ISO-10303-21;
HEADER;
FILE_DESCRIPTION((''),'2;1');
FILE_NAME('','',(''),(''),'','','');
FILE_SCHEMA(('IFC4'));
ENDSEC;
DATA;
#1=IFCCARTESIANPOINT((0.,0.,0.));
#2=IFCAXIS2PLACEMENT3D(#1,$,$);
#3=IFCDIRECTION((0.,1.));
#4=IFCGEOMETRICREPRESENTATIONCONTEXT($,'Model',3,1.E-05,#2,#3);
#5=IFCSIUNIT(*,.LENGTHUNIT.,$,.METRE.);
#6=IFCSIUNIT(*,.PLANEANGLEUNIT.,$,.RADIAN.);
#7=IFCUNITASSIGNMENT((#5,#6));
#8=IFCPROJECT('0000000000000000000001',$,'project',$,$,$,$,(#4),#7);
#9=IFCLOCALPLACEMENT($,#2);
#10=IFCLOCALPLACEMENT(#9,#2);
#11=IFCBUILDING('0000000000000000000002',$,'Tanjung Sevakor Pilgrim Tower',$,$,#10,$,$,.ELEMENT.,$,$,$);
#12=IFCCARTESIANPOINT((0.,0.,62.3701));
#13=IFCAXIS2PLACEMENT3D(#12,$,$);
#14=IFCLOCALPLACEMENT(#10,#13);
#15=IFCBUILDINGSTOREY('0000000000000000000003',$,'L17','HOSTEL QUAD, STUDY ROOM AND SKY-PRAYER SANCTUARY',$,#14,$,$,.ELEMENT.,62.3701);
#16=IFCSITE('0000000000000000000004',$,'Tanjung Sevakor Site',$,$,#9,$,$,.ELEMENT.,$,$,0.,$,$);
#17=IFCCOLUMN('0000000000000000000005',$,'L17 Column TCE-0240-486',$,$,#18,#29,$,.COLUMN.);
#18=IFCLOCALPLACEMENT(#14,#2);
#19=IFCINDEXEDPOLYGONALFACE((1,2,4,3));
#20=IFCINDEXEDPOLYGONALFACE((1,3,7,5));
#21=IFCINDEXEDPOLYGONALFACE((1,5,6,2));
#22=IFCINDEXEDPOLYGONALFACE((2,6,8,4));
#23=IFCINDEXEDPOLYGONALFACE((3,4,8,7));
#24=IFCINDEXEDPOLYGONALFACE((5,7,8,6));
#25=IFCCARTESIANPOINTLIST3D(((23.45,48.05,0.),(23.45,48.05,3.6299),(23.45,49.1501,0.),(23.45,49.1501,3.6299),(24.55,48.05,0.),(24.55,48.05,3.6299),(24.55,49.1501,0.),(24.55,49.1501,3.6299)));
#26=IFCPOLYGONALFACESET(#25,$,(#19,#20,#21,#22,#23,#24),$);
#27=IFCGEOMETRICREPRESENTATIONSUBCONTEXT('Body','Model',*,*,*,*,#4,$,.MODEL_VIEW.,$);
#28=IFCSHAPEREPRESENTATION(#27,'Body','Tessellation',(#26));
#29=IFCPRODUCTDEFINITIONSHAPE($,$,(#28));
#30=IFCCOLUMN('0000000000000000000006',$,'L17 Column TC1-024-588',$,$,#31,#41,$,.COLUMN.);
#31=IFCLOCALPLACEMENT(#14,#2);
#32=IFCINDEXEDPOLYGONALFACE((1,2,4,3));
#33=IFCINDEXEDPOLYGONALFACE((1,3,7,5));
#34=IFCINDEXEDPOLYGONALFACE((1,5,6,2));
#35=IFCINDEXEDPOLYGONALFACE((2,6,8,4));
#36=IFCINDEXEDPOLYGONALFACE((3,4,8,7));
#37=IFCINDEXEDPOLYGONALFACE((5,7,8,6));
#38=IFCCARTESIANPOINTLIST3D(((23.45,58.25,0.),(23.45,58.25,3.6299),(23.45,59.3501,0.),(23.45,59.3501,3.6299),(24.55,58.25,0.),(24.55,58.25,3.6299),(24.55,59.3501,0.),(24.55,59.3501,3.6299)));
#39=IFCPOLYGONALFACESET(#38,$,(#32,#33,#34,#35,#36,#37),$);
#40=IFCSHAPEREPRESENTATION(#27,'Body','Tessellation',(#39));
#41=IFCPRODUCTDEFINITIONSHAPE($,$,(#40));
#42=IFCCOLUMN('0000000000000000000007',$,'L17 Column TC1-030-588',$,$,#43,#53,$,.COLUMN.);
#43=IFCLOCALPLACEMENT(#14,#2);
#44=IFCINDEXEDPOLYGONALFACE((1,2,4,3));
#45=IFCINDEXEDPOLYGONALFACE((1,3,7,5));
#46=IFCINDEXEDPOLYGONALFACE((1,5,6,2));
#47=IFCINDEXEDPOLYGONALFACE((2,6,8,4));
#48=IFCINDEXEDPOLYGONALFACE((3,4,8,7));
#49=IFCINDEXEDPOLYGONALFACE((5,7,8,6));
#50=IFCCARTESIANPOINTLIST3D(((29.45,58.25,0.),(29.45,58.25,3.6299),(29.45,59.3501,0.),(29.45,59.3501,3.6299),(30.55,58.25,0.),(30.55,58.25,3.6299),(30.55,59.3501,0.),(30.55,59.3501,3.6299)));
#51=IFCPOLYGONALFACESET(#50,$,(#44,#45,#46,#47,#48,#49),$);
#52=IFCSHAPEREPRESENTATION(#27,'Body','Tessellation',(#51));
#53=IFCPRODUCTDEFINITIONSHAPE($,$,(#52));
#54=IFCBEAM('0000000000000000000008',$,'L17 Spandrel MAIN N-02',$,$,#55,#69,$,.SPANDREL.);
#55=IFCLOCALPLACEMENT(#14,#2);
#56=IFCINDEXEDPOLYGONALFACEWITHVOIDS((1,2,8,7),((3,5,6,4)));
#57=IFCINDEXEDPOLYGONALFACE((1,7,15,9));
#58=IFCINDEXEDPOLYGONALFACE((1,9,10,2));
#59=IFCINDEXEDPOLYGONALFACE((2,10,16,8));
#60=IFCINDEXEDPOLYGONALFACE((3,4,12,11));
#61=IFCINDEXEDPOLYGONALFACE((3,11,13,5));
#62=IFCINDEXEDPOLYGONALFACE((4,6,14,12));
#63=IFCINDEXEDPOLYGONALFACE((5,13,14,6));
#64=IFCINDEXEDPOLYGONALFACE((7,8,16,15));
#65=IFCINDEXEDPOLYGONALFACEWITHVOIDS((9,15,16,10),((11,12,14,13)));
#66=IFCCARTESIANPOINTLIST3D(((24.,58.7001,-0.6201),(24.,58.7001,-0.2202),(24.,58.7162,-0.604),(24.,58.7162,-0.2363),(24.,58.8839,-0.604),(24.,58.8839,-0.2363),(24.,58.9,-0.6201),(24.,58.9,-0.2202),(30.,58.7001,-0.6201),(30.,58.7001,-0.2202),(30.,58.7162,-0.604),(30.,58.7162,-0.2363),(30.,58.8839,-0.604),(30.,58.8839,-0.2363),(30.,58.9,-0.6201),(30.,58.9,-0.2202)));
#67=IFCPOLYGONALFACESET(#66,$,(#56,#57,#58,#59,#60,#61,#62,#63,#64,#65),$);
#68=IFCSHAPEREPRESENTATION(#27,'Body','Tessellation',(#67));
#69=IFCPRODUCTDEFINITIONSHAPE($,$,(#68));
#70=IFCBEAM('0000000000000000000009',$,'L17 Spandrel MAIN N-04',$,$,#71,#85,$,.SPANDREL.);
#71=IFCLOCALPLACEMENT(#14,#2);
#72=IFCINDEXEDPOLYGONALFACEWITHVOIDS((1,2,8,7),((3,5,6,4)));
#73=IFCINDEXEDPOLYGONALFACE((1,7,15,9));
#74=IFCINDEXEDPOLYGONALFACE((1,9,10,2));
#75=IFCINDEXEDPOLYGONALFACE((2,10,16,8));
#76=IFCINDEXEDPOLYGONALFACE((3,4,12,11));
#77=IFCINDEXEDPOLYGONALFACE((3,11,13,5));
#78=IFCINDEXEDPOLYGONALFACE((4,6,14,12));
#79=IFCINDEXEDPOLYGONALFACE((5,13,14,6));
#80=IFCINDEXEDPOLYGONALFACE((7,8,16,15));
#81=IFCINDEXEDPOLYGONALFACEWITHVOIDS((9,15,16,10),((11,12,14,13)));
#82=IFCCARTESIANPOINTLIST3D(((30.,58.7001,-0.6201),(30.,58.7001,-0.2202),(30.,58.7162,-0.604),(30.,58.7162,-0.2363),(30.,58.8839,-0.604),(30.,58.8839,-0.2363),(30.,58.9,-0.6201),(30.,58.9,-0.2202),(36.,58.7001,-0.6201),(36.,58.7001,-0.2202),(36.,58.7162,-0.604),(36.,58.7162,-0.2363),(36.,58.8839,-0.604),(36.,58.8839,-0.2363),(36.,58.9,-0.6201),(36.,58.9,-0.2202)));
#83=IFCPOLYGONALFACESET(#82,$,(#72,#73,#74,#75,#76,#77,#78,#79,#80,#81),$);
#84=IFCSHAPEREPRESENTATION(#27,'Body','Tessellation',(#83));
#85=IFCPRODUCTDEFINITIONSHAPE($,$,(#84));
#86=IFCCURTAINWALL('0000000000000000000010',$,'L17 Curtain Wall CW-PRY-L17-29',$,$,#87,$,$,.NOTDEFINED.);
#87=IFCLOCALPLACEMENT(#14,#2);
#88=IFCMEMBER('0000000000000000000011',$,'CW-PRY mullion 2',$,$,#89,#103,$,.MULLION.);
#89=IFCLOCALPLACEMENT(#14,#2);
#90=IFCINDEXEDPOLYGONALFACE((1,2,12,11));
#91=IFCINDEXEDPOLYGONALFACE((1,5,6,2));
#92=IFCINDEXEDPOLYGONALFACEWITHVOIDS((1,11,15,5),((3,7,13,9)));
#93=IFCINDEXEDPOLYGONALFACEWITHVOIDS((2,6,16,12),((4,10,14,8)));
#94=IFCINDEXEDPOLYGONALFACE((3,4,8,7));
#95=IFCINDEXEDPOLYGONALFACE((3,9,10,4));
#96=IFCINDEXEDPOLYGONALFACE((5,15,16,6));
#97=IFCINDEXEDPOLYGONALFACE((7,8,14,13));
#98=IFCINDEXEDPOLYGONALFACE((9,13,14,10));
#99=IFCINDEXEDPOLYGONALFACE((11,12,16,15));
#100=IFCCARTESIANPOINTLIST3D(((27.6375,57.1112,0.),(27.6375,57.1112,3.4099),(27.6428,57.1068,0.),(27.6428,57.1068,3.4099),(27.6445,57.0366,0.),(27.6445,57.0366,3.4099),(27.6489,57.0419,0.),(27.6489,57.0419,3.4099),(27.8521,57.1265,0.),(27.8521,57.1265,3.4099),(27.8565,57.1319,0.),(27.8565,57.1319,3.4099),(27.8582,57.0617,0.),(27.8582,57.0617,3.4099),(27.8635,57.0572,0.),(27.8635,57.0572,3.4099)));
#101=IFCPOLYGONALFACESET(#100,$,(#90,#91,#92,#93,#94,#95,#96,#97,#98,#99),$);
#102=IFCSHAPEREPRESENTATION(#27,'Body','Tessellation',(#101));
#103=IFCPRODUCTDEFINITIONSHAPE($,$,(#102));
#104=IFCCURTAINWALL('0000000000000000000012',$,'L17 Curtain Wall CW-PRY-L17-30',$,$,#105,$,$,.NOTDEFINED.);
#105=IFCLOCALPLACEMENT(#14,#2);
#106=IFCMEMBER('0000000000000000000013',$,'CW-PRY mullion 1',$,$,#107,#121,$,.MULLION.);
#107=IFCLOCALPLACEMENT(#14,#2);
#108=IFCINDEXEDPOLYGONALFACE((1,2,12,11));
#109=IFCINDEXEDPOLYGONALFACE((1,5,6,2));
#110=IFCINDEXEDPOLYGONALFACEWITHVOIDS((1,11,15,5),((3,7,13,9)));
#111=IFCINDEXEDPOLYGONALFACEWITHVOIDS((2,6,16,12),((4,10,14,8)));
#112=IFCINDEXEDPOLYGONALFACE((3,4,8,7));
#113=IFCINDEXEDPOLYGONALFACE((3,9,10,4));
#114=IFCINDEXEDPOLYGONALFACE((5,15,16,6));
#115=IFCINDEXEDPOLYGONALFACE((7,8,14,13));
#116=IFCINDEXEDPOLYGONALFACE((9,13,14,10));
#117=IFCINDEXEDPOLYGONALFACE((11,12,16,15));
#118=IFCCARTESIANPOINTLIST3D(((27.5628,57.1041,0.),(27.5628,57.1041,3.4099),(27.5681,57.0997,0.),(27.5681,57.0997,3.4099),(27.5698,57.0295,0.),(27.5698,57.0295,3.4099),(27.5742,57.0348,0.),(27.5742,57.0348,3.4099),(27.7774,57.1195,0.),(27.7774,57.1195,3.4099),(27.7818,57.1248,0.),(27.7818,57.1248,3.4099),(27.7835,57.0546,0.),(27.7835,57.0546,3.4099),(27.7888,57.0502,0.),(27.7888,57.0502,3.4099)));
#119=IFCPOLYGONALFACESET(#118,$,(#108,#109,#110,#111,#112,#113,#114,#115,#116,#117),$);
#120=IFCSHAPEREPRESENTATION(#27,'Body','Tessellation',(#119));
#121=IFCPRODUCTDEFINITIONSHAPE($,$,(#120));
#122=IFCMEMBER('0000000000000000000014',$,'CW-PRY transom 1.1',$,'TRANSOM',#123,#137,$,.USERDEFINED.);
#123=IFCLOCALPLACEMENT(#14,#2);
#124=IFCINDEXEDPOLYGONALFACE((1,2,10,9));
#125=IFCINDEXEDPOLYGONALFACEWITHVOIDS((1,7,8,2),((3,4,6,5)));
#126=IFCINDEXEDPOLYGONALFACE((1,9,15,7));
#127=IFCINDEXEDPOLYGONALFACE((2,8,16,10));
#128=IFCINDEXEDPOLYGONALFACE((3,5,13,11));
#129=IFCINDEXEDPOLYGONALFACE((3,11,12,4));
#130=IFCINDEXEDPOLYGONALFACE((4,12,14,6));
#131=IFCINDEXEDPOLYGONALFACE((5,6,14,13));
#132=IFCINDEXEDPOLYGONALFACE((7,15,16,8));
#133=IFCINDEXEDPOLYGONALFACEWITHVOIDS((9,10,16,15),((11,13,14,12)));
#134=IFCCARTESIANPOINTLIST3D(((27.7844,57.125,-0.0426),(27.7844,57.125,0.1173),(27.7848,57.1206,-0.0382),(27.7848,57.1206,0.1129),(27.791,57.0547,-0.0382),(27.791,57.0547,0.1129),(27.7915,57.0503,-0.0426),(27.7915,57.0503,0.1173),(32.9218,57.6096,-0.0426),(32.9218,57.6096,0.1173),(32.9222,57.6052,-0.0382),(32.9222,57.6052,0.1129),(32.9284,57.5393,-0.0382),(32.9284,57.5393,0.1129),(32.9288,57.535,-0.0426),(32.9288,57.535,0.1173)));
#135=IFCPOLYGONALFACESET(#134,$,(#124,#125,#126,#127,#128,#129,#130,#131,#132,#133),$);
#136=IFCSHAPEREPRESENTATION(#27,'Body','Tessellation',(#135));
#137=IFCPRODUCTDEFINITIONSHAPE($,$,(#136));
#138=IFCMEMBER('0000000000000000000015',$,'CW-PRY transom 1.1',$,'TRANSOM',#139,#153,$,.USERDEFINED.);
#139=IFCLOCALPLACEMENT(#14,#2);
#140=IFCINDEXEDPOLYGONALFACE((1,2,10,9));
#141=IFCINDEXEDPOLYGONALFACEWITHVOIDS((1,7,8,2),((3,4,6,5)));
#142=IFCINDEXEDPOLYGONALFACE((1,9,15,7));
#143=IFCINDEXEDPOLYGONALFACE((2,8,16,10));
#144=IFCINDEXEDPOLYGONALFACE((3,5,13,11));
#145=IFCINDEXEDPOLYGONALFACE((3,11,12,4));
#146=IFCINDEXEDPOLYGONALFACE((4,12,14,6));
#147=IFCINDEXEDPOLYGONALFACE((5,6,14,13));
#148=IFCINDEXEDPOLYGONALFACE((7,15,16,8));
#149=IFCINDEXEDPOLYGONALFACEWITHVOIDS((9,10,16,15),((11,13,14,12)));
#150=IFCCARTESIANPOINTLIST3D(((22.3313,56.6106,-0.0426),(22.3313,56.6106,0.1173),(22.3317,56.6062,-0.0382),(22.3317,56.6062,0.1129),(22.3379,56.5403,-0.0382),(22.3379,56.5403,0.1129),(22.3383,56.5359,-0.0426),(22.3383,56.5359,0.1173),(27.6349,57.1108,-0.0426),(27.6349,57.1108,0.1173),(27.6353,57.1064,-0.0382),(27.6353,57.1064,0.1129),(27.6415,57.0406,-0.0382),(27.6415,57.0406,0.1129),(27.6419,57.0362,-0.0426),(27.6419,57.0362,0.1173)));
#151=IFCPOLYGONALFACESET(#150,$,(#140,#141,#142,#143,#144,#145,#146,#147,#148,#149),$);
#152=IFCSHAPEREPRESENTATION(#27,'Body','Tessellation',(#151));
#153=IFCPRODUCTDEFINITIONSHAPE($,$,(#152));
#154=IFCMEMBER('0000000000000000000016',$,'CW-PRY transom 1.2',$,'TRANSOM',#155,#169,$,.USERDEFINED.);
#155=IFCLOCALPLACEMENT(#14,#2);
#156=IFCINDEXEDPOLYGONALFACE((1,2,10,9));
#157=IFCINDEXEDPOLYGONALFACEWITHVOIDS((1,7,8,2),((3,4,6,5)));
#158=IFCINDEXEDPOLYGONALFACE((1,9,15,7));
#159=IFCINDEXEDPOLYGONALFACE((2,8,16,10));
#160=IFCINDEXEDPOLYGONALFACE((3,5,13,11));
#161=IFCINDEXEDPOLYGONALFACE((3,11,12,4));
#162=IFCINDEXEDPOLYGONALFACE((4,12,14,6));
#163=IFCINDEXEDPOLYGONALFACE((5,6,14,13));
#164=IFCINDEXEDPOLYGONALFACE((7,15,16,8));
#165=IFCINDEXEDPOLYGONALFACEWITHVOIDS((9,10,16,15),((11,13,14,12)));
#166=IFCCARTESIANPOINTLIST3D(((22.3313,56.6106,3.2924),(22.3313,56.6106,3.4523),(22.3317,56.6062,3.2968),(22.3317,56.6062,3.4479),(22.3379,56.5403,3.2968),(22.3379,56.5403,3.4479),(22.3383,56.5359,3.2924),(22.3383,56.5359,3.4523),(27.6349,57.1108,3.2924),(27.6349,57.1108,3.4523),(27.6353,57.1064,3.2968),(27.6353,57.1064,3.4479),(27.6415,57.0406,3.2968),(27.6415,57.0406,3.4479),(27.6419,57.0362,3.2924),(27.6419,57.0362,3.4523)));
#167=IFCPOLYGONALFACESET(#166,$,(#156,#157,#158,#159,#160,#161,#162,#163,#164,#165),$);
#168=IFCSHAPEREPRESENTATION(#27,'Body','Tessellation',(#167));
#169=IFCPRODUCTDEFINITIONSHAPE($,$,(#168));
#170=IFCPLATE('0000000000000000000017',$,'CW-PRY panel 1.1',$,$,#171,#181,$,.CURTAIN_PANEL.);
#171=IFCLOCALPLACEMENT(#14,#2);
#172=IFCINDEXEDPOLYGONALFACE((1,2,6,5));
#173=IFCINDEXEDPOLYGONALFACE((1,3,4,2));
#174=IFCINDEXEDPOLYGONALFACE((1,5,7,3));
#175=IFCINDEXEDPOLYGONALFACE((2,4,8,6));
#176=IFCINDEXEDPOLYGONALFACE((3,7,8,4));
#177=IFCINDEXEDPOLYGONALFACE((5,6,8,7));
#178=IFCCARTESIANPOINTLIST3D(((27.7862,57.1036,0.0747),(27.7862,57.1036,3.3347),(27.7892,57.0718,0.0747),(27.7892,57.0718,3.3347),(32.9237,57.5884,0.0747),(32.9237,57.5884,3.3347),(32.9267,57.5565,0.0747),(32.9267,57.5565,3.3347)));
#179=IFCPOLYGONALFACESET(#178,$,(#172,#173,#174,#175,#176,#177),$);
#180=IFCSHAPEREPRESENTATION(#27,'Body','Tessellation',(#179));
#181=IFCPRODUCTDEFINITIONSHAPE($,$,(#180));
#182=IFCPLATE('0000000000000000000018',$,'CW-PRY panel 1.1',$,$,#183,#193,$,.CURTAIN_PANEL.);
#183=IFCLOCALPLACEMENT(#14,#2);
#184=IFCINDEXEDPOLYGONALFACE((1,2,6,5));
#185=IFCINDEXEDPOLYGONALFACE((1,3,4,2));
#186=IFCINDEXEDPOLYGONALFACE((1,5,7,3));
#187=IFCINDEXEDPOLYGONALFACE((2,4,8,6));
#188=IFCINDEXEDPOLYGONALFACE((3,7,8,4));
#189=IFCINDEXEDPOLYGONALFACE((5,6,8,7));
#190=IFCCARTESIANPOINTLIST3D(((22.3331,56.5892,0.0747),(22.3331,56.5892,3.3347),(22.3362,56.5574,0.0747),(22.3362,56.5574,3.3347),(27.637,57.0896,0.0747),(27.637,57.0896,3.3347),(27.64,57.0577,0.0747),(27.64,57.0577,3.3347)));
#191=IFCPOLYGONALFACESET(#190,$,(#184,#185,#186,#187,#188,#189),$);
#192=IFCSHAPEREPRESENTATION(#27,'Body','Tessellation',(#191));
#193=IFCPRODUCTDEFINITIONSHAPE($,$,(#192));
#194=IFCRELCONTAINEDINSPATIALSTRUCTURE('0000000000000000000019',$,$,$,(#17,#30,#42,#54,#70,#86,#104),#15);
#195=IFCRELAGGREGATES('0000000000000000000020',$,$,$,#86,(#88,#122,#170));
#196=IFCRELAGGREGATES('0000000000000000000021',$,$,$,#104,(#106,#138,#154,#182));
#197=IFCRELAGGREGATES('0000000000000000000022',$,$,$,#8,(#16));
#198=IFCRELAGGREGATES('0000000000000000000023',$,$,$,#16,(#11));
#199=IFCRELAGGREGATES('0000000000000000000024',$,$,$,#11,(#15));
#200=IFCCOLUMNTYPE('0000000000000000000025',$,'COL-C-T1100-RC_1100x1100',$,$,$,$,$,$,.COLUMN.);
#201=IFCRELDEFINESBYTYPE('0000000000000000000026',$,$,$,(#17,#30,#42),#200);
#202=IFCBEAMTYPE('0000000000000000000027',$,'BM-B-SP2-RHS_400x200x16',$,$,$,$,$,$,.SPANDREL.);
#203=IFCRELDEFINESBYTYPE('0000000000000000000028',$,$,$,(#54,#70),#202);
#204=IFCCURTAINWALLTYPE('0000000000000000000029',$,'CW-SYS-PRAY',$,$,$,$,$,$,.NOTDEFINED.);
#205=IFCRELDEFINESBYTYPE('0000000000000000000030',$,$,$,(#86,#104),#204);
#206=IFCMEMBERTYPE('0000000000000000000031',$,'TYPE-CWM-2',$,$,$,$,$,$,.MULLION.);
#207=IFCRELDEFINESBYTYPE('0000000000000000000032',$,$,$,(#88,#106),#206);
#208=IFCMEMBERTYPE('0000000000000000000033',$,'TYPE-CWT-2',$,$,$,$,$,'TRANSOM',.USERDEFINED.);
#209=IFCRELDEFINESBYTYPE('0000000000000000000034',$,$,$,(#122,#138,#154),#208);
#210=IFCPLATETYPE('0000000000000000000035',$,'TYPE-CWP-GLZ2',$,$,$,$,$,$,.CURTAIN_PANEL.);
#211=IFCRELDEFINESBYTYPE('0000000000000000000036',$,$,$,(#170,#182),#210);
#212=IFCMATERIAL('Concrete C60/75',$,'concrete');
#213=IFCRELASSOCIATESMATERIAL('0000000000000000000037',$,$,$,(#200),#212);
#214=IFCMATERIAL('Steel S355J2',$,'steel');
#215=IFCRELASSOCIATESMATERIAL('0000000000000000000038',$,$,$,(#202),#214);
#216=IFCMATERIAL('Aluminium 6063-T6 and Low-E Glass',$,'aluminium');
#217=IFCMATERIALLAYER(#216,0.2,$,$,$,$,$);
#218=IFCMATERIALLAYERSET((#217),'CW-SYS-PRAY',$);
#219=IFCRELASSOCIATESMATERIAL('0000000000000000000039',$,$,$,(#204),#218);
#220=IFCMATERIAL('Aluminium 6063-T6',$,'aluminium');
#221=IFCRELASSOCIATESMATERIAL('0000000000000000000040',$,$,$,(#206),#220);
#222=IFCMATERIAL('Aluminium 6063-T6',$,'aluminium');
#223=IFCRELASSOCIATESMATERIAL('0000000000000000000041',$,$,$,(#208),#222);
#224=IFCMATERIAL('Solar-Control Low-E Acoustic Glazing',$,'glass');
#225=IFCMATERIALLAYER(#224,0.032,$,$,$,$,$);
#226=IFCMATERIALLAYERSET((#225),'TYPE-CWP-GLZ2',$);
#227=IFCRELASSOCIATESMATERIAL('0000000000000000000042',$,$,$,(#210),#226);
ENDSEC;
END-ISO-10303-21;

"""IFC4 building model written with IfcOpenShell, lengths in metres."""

from ifc_helpers import new_model, si_unit, direction, frame, origin, origin_2d, place, context, subcontext, project, spatial, rectangle, hollow_rectangle, extrude, material, layer, layer_set, material_profile, profile_set, type_object, element, aggregate, save


model = new_model("IFC4")

# Units and contexts
model_context = context("Model", 3, precision=1e-05, world=origin(), true_north=direction((0.0, 1.0)))
body_context = subcontext(model_context, "Body", "Model", "MODEL_VIEW")
ifc_project = project(units=[si_unit("LENGTHUNIT", "METRE"), si_unit("PLANEANGLEUNIT", "RADIAN")], contexts=[model_context])

# Site, building, storey
site_placement = place(None, origin())
site = spatial("IfcSite", under=ifc_project, at=site_placement, Name="Tanjung Sevakor Site", CompositionType="ELEMENT", RefElevation=0.0)
building_placement = place(site_placement, origin())
building = spatial("IfcBuilding", under=site, at=building_placement, Name="Tanjung Sevakor Pilgrim Tower", CompositionType="ELEMENT")
storey_placement = place(building_placement, frame((0.0, 0.0, 62.3701)))
storey = spatial("IfcBuildingStorey", under=building, at=storey_placement, Name="L17", Description="HOSTEL QUAD, STUDY ROOM AND SKY-PRAYER SANCTUARY", CompositionType="ELEMENT", Elevation=62.3701)

# Columns
ifc_material_1 = material(Name="Concrete C60/75", Category="concrete")
ifc_material_profile_1 = material_profile(ifc_material_1, rectangle(XDim=1.1001, YDim=1.1001, at=origin_2d()))
ifc_profile_set_1 = profile_set([ifc_material_profile_1], Name="Concrete C60/75")
column_type = type_object("IfcColumnType", Name="COL-C-T1100-RC_1100x1100", PredefinedType="COLUMN", material=ifc_profile_set_1)
for number, where, z_axis, x_axis, name in (
    (1, (24.0, 48.6001, 0.0), (0.0, 0.0, 1.0), (1.0, 0.0, 0.0), "L17 Column TCE-0240-486"),
    (2, (24.0, 58.8, 0.0), (0.0, 0.0, 1.0), (1.0, 0.0, 0.0), "L17 Column TC1-024-588"),
    (3, (30.0, 58.8, 0.0), (0.0, 0.0, 1.0), (1.0, 0.0, 0.0), "L17 Column TC1-030-588"),
):
    element("IfcColumn", number, at=place(storey_placement, frame(where, z_axis=z_axis, x_axis=x_axis)), inside=storey, type_object=column_type, Name=name, PredefinedType="COLUMN", context=body_context, shape_type="SweptSolid", body=[
        extrude(rectangle(XDim=1.1001, YDim=1.1001, at=origin_2d()), origin(), (0.0, 0.0, 1.0), 3.6299),
    ])

# Beams
ifc_material_2 = material(Name="Steel S355J2", Category="steel")
ifc_material_profile_2 = material_profile(ifc_material_2, hollow_rectangle(XDim=0.2, YDim=0.3999, WallThickness=0.0161, at=origin_2d()))
ifc_profile_set_2 = profile_set([ifc_material_profile_2], Name="Steel S355J2")
beam_type = type_object("IfcBeamType", Name="BM-B-SP2-RHS_400x200x16", PredefinedType="SPANDREL", material=ifc_profile_set_2)
for number, where, z_axis, x_axis, name in (
    (4, (24.0, 58.8, -0.4202), (1.0, 0.0, 0.0), (0.0, 1.0, 0.0), "L17 Spandrel MAIN N-02"),
    (5, (30.0, 58.8, -0.4202), (1.0, 0.0, 0.0), (0.0, 1.0, 0.0), "L17 Spandrel MAIN N-04"),
):
    element("IfcBeam", number, at=place(storey_placement, frame(where, z_axis=z_axis, x_axis=x_axis)), inside=storey, type_object=beam_type, Name=name, PredefinedType="SPANDREL", context=body_context, shape_type="SweptSolid", body=[
        extrude(hollow_rectangle(XDim=0.2, YDim=0.3999, WallThickness=0.0161, at=origin_2d()), origin(), (0.0, 0.0, 1.0), 6.0),
    ])

# Curtain walls, members
ifc_material_3 = material(Name="Aluminium 6063-T6 and Low-E Glass", Category="aluminium")
ifc_layer_1 = layer(ifc_material_3, 0.2)
ifc_layer_set_1 = layer_set([ifc_layer_1], Name="CW-SYS-PRAY")
curtain_wall_type = type_object("IfcCurtainWallType", Name="CW-SYS-PRAY", PredefinedType="NOTDEFINED", material=ifc_layer_set_1)
curtain_wall_1_placement = place(storey_placement, origin())
curtain_wall_1 = element("IfcCurtainWall", 6, at=curtain_wall_1_placement, inside=storey, type_object=curtain_wall_type, Name="L17 Curtain Wall CW-PRY-L17-29", PredefinedType="NOTDEFINED")
ifc_material_4 = material(Name="Aluminium 6063-T6", Category="aluminium")
ifc_material_profile_3 = material_profile(ifc_material_4, hollow_rectangle(XDim=0.075, YDim=0.22, WallThickness=0.0049, at=origin_2d()))
ifc_profile_set_3 = profile_set([ifc_material_profile_3], Name="Aluminium 6063-T6")
member_type_1 = type_object("IfcMemberType", Name="TYPE-CWM-2", PredefinedType="MULLION", material=ifc_profile_set_3)
member_1_placement = place(storey_placement, frame((27.7505, 57.0842, 0.0), z_axis=(0.0, 0.0, 1.0), x_axis=(0.093929, -0.995579, 0.0)))
member_1 = element("IfcMember", 7, at=member_1_placement, type_object=member_type_1, Name="CW-PRY mullion 2", PredefinedType="MULLION", context=body_context, shape_type="SweptSolid", body=[
    extrude(hollow_rectangle(XDim=0.075, YDim=0.22, WallThickness=0.0049, at=origin_2d()), origin(), (0.0, 0.0, 1.0), 3.4099),
])
curtain_wall_2_placement = place(storey_placement, origin())
curtain_wall_2 = element("IfcCurtainWall", 8, at=curtain_wall_2_placement, inside=storey, type_object=curtain_wall_type, Name="L17 Curtain Wall CW-PRY-L17-30", PredefinedType="NOTDEFINED")
member_2_placement = place(storey_placement, frame((27.6758, 57.0771, 0.0), z_axis=(0.0, 0.0, 1.0), x_axis=(0.093915, -0.99558, 0.0)))
member_2 = element("IfcMember", 9, at=member_2_placement, type_object=member_type_1, Name="CW-PRY mullion 1", PredefinedType="MULLION", context=body_context, shape_type="SweptSolid", body=[
    extrude(hollow_rectangle(XDim=0.075, YDim=0.22, WallThickness=0.0049, at=origin_2d()), origin(), (0.0, 0.0, 1.0), 3.4099),
])

# Members
ifc_material_5 = material(Name="Aluminium 6063-T6", Category="aluminium")
ifc_material_profile_4 = material_profile(ifc_material_5, hollow_rectangle(XDim=0.075, YDim=0.1599, WallThickness=0.0044, at=origin_2d()))
ifc_profile_set_4 = profile_set([ifc_material_profile_4], Name="Aluminium 6063-T6")
member_type_2 = type_object("IfcMemberType", Name="TYPE-CWT-2", ElementType="TRANSOM", PredefinedType="USERDEFINED", material=ifc_profile_set_4)
member_3_placement = place(storey_placement, frame((32.9253, 57.5723, 0.0374), z_axis=(-0.99558, -0.093914, 0.0), x_axis=(0.093914, -0.99558, 0.0)))
member_3 = element("IfcMember", 10, at=member_3_placement, type_object=member_type_2, Name="CW-PRY transom 1.1", ObjectType="TRANSOM", PredefinedType="USERDEFINED", context=body_context, shape_type="SweptSolid", body=[
    extrude(hollow_rectangle(XDim=0.075, YDim=0.1599, WallThickness=0.0044, at=origin_2d()), origin(), (0.0, 0.0, 1.0), 5.1602),
])
member_4_placement = place(storey_placement, frame((27.6384, 57.0735, 0.0374), z_axis=(-0.995581, -0.093903, 0.0), x_axis=(0.093903, -0.995581, 0.0)))
member_4 = element("IfcMember", 11, at=member_4_placement, type_object=member_type_2, Name="CW-PRY transom 1.1", ObjectType="TRANSOM", PredefinedType="USERDEFINED", context=body_context, shape_type="SweptSolid", body=[
    extrude(hollow_rectangle(XDim=0.075, YDim=0.1599, WallThickness=0.0044, at=origin_2d()), origin(), (0.0, 0.0, 1.0), 5.3271),
])
member_5_placement = place(storey_placement, frame((27.6384, 57.0735, 3.3723), z_axis=(-0.995581, -0.093903, 0.0), x_axis=(0.093903, -0.995581, 0.0)))
member_5 = element("IfcMember", 12, at=member_5_placement, type_object=member_type_2, Name="CW-PRY transom 1.2", ObjectType="TRANSOM", PredefinedType="USERDEFINED", context=body_context, shape_type="SweptSolid", body=[
    extrude(hollow_rectangle(XDim=0.075, YDim=0.1599, WallThickness=0.0044, at=origin_2d()), origin(), (0.0, 0.0, 1.0), 5.3271),
])

# Plates
ifc_material_6 = material(Name="Solar-Control Low-E Acoustic Glazing", Category="glass")
ifc_layer_2 = layer(ifc_material_6, 0.032)
ifc_layer_set_2 = layer_set([ifc_layer_2], Name="TYPE-CWP-GLZ2")
plate_type = type_object("IfcPlateType", Name="TYPE-CWP-GLZ2", PredefinedType="CURTAIN_PANEL", material=ifc_layer_set_2)
plate_1_placement = place(storey_placement, frame((30.3564, 57.3301, 0.0747), z_axis=(0.0, 0.0, 1.0), x_axis=(-0.995579, -0.093929, 0.0)))
plate_1 = element("IfcPlate", 13, at=plate_1_placement, type_object=plate_type, Name="CW-PRY panel 1.1", PredefinedType="CURTAIN_PANEL", context=body_context, shape_type="SweptSolid", body=[
    extrude(rectangle(XDim=5.1604, YDim=0.032, at=origin_2d()), origin(), (0.0, 0.0, 1.0), 3.26),
])
aggregate(curtain_wall_1, [member_1, member_3, plate_1])
plate_2_placement = place(storey_placement, frame((24.9866, 56.8235, 0.0747), z_axis=(0.0, 0.0, 1.0), x_axis=(-0.99558, -0.093915, 0.0)))
plate_2 = element("IfcPlate", 14, at=plate_2_placement, type_object=plate_type, Name="CW-PRY panel 1.1", PredefinedType="CURTAIN_PANEL", context=body_context, shape_type="SweptSolid", body=[
    extrude(rectangle(XDim=5.3274, YDim=0.032, at=origin_2d()), origin(), (0.0, 0.0, 1.0), 3.26),
])
aggregate(curtain_wall_2, [member_2, member_4, member_5, plate_2])

save(model, "model.ifc")
